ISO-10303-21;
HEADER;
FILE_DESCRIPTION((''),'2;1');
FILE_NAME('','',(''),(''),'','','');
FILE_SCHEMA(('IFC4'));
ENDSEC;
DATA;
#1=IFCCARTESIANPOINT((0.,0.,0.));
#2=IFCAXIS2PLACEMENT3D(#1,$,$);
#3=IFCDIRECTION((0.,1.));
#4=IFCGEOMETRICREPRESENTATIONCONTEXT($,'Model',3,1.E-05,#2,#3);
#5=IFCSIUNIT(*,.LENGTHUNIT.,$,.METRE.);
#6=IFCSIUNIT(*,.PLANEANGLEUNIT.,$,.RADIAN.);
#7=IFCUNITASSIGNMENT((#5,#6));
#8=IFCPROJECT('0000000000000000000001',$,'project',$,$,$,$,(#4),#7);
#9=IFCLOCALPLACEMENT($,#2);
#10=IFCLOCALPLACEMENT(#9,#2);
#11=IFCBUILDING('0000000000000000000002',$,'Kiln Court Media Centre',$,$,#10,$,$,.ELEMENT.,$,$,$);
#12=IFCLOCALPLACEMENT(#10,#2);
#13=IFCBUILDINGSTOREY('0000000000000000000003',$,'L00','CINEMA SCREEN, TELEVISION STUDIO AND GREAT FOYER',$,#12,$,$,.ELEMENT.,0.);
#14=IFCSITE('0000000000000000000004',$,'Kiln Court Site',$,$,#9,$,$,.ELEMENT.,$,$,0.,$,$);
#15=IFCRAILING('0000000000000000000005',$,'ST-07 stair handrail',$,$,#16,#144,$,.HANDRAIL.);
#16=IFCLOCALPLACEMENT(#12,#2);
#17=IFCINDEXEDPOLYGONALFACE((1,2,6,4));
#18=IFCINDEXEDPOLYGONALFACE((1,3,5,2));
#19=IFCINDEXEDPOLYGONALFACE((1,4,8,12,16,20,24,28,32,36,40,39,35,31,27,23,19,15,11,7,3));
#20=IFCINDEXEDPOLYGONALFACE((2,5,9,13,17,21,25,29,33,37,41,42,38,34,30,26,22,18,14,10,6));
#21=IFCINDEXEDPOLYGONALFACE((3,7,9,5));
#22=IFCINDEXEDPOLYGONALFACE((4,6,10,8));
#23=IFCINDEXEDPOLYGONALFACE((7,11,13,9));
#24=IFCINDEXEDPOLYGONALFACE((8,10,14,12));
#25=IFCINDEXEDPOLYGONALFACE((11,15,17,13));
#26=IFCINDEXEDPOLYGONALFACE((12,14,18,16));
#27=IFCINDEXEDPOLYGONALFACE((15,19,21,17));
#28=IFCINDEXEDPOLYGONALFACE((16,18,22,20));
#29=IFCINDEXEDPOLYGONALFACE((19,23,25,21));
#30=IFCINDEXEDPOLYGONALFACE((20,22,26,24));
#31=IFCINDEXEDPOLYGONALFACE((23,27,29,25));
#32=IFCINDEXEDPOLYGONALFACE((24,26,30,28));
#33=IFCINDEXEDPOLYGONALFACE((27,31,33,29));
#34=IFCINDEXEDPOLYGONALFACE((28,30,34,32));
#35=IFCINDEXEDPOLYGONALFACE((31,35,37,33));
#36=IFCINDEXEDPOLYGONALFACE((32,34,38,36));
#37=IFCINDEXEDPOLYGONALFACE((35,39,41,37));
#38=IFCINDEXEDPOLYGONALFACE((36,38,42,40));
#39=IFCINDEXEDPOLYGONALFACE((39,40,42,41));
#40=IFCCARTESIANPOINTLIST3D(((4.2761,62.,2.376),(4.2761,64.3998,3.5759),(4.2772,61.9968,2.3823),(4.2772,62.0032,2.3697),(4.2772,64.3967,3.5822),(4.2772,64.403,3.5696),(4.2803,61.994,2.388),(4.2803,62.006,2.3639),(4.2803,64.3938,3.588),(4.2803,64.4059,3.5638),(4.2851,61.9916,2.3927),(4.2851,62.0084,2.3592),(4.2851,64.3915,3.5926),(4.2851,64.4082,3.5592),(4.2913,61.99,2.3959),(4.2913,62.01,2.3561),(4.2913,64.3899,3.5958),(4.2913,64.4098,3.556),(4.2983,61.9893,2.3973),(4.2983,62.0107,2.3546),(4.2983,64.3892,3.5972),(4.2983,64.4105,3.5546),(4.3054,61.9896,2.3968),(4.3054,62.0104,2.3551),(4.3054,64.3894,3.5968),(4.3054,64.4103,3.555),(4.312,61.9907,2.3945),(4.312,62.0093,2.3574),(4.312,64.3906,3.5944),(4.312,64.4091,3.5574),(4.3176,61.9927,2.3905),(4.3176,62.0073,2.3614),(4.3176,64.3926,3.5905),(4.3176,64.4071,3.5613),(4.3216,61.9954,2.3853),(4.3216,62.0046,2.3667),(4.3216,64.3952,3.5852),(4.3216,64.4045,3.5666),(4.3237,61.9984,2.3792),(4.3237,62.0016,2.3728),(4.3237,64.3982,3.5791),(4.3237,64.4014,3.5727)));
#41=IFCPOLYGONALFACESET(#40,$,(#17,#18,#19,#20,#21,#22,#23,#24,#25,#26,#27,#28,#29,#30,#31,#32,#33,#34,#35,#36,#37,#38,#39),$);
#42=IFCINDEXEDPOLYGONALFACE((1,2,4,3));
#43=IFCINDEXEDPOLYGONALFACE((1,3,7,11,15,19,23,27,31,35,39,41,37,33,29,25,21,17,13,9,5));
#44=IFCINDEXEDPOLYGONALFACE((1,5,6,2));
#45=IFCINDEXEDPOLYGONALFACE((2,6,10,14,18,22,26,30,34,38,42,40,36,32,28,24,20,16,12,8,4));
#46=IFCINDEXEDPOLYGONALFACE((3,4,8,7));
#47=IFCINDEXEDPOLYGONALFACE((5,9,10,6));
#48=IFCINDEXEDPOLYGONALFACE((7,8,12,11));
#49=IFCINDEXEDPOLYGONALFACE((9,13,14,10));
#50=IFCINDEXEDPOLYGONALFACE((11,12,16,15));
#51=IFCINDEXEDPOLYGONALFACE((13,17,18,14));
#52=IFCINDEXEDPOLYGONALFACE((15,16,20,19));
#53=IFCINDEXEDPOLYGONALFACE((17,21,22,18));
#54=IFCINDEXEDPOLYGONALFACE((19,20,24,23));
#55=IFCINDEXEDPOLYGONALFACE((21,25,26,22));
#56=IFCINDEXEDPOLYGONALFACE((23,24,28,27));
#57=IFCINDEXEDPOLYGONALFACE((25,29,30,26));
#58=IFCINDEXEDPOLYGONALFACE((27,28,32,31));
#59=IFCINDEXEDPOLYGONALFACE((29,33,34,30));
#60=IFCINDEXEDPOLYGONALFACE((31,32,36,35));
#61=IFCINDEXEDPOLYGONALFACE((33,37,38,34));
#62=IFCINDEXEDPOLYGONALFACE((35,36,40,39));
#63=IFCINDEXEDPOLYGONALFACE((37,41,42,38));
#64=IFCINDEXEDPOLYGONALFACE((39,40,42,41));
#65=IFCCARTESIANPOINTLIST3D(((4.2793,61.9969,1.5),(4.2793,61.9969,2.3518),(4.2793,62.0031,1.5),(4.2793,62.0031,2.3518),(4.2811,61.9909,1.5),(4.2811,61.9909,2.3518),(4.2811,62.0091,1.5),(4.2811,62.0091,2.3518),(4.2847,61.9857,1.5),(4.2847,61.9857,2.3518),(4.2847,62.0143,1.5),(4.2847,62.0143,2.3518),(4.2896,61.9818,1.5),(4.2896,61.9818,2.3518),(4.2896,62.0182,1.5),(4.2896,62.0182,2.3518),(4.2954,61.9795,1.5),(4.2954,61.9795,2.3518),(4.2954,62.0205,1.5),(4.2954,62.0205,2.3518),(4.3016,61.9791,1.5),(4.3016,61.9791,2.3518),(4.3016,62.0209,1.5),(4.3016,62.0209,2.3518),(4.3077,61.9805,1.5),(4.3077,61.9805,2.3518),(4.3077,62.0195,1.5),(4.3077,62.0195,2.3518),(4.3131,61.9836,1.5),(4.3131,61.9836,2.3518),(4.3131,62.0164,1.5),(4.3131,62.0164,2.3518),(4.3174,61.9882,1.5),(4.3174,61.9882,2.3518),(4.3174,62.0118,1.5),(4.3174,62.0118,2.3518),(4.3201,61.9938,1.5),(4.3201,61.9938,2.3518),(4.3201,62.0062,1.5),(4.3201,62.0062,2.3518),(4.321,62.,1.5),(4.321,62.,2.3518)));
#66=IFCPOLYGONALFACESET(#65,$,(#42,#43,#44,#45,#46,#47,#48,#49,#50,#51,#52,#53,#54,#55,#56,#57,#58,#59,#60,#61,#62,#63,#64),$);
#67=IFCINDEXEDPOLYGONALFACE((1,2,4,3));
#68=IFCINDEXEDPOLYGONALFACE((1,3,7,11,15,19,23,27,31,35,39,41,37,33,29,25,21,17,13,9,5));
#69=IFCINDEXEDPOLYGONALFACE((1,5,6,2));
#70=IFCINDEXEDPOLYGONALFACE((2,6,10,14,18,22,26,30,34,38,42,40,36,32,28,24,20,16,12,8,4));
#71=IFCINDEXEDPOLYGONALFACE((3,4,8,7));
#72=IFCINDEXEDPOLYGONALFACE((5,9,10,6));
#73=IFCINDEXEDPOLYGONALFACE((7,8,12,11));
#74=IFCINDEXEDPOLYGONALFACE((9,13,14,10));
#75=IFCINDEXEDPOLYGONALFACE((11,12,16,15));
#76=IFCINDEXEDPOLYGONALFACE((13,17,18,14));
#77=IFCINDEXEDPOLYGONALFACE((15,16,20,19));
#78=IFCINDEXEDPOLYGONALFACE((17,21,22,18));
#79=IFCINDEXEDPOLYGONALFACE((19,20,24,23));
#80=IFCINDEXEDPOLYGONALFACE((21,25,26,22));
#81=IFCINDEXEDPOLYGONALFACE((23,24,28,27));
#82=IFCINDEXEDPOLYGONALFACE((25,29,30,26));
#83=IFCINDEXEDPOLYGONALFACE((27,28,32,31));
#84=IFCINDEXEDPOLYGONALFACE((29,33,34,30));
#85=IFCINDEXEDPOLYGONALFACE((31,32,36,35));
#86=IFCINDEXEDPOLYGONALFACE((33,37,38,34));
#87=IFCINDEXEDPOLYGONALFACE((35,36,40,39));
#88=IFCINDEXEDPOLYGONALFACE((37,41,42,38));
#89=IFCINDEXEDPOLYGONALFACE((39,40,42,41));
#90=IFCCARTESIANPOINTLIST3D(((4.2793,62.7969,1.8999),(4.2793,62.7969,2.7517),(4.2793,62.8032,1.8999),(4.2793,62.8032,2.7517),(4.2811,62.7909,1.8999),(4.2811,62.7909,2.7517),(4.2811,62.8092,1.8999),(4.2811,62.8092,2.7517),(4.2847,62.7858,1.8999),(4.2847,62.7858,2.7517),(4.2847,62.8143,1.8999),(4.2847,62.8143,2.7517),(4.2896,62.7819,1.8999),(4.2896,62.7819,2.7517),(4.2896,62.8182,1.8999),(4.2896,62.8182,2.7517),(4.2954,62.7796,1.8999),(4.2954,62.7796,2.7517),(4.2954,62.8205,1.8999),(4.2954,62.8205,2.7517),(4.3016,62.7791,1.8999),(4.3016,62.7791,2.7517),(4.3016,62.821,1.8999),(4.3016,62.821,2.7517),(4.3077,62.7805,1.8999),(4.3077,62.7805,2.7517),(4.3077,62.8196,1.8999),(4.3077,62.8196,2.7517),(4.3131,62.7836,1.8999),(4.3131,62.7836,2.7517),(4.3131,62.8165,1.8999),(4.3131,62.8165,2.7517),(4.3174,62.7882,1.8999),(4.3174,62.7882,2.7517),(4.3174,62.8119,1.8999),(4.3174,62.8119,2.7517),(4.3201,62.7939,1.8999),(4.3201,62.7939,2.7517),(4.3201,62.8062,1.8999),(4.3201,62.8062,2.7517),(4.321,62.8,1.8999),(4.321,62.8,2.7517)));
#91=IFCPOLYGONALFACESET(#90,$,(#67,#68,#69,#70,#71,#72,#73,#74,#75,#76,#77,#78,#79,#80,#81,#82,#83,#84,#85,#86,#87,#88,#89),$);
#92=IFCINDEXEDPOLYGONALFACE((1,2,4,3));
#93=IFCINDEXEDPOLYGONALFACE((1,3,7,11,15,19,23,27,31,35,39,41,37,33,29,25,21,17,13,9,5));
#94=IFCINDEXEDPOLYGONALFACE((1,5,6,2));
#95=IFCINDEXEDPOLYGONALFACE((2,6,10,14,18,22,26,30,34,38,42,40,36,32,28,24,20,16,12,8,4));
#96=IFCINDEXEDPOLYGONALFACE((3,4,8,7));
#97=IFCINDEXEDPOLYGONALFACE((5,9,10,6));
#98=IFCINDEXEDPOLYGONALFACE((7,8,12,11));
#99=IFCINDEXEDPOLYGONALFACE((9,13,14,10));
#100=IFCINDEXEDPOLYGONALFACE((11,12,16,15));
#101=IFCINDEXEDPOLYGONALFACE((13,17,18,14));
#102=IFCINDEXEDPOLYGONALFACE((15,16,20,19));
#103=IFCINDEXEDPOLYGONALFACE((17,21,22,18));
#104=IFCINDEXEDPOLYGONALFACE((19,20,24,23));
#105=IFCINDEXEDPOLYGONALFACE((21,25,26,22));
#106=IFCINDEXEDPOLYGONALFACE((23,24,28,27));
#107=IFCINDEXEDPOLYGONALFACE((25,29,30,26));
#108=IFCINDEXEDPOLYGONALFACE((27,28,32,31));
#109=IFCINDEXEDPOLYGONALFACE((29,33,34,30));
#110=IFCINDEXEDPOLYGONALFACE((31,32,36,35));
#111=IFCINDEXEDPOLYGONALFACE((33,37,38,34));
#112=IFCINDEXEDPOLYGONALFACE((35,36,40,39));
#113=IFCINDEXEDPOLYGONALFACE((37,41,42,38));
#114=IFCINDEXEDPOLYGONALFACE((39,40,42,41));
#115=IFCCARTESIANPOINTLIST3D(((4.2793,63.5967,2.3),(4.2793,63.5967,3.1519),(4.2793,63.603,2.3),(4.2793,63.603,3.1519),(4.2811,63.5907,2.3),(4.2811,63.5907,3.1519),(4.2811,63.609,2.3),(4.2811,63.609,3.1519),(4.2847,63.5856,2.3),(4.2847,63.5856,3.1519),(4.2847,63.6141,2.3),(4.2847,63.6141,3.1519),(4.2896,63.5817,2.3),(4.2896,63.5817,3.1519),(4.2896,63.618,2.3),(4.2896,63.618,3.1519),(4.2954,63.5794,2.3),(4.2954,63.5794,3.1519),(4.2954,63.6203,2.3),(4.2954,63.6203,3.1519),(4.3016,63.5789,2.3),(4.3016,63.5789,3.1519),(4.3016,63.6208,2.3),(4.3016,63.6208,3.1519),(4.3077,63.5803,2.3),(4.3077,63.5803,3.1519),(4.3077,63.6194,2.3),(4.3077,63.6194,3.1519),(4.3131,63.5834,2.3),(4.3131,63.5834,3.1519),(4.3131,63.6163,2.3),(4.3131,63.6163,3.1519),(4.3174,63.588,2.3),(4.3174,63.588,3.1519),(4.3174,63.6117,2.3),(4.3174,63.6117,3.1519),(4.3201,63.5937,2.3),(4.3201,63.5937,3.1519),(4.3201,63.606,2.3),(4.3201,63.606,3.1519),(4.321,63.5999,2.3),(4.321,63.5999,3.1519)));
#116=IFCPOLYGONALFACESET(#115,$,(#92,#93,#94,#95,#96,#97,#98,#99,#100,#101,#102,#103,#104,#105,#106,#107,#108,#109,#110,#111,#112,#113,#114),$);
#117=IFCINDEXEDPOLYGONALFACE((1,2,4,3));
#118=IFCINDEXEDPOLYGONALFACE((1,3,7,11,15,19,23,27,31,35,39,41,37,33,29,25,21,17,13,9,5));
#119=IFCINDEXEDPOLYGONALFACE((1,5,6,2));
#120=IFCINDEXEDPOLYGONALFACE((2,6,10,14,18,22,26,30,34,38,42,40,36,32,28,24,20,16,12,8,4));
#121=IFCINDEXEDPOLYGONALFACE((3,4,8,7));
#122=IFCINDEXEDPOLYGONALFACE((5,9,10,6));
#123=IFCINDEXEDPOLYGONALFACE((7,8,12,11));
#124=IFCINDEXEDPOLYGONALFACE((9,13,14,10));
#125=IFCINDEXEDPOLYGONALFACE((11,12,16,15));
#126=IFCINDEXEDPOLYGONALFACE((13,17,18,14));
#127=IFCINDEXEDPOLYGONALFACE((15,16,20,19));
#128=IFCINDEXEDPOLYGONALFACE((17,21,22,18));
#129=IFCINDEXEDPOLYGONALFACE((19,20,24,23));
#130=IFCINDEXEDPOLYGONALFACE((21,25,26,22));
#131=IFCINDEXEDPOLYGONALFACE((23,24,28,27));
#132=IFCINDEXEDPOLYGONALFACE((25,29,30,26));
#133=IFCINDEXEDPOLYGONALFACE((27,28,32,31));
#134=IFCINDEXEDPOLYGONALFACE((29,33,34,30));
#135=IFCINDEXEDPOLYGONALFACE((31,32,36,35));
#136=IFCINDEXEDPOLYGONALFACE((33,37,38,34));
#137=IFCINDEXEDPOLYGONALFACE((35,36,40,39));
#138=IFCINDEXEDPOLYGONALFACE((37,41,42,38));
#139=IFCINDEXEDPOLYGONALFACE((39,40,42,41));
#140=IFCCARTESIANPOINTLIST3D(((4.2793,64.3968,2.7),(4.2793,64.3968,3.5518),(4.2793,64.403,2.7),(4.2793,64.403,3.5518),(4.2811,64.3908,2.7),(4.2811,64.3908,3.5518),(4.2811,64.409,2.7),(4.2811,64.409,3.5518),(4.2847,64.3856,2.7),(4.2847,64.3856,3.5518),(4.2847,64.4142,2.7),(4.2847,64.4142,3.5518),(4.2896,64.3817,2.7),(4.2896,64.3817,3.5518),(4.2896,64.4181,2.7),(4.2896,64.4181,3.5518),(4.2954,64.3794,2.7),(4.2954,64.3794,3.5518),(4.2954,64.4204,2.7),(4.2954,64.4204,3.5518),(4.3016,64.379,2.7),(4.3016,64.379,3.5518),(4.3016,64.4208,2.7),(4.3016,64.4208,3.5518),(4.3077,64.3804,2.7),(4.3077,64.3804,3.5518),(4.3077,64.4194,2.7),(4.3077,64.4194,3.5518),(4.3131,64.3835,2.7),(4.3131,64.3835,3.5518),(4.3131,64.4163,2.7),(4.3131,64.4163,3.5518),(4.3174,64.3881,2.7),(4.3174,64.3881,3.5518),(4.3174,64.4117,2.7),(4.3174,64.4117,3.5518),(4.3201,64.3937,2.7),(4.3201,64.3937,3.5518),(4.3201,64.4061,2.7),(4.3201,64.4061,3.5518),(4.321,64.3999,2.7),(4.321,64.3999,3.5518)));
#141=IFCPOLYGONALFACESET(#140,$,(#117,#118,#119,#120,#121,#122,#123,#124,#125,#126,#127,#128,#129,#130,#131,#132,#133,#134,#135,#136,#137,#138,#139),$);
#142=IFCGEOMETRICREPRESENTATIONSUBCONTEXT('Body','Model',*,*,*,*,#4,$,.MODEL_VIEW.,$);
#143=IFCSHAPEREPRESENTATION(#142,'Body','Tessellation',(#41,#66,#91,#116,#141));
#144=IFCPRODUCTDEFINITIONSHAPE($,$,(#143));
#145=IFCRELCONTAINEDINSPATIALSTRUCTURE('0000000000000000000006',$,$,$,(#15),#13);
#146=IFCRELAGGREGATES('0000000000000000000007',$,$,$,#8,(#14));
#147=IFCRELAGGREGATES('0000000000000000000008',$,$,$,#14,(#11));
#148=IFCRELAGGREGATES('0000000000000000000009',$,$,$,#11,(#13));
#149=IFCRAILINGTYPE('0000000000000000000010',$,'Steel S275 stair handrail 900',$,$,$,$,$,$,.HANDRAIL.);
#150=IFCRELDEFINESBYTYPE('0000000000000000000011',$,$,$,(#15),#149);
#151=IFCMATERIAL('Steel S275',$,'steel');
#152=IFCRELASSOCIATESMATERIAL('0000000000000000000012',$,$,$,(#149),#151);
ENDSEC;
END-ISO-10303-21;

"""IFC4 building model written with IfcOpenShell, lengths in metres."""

from ifc_helpers import new_model, si_unit, direction, frame, origin, origin_2d, place, context, subcontext, project, spatial, circle, extrude, material, type_object, element, save


model = new_model("IFC4")

# Units and contexts
model_context = context("Model", 3, precision=1e-05, world=origin(), true_north=direction((0.0, 1.0)))
body_context = subcontext(model_context, "Body", "Model", "MODEL_VIEW")
ifc_project = project(units=[si_unit("LENGTHUNIT", "METRE"), si_unit("PLANEANGLEUNIT", "RADIAN")], contexts=[model_context])

# Site, building, storey
site_placement = place(None, origin())
site = spatial("IfcSite", under=ifc_project, at=site_placement, Name="Kiln Court Site", CompositionType="ELEMENT", RefElevation=0.0)
building_placement = place(site_placement, origin())
building = spatial("IfcBuilding", under=site, at=building_placement, Name="Kiln Court Media Centre", CompositionType="ELEMENT")
storey_placement = place(building_placement, origin())
storey = spatial("IfcBuildingStorey", under=building, at=storey_placement, Name="L00", Description="CINEMA SCREEN, TELEVISION STUDIO AND GREAT FOYER", CompositionType="ELEMENT", Elevation=0.0)

# Railing
ifc_material_1 = material(Name="Steel S275", Category="steel")
railing_type_1 = type_object("IfcRailingType", Name="Steel S275 stair handrail 900", PredefinedType="HANDRAIL", material=ifc_material_1)
railing_1_placement = place(storey_placement, frame((4.3, 62.0, 1.5)))
element("IfcRailing", 1, at=railing_1_placement, inside=storey, type_object=railing_type_1, Name="ST-07 stair handrail", PredefinedType="HANDRAIL", context=body_context, shape_type="SweptSolid", body=[
    extrude(circle(Radius=0.0239, at=origin_2d()), frame((0.0, 0.0, 0.876), z_axis=(0.0, 0.894427, 0.447214), x_axis=(-1.0, 0.0, 0.0)), (0.0, 0.0, 1.0), 2.6831),
    extrude(circle(Radius=0.021, at=origin_2d()), origin(), (0.0, 0.0, 1.0), 0.8518),
    extrude(circle(Radius=0.021, at=origin_2d()), frame((0.0, 0.8, 0.3999)), (0.0, 0.0, 1.0), 0.8518),
    extrude(circle(Radius=0.021, at=origin_2d()), frame((0.0, 1.5999, 0.8)), (0.0, 0.0, 1.0), 0.8518),
    extrude(circle(Radius=0.021, at=origin_2d()), frame((0.0, 2.3999, 1.2)), (0.0, 0.0, 1.0), 0.8518),
])

save(model, "model.ifc")
